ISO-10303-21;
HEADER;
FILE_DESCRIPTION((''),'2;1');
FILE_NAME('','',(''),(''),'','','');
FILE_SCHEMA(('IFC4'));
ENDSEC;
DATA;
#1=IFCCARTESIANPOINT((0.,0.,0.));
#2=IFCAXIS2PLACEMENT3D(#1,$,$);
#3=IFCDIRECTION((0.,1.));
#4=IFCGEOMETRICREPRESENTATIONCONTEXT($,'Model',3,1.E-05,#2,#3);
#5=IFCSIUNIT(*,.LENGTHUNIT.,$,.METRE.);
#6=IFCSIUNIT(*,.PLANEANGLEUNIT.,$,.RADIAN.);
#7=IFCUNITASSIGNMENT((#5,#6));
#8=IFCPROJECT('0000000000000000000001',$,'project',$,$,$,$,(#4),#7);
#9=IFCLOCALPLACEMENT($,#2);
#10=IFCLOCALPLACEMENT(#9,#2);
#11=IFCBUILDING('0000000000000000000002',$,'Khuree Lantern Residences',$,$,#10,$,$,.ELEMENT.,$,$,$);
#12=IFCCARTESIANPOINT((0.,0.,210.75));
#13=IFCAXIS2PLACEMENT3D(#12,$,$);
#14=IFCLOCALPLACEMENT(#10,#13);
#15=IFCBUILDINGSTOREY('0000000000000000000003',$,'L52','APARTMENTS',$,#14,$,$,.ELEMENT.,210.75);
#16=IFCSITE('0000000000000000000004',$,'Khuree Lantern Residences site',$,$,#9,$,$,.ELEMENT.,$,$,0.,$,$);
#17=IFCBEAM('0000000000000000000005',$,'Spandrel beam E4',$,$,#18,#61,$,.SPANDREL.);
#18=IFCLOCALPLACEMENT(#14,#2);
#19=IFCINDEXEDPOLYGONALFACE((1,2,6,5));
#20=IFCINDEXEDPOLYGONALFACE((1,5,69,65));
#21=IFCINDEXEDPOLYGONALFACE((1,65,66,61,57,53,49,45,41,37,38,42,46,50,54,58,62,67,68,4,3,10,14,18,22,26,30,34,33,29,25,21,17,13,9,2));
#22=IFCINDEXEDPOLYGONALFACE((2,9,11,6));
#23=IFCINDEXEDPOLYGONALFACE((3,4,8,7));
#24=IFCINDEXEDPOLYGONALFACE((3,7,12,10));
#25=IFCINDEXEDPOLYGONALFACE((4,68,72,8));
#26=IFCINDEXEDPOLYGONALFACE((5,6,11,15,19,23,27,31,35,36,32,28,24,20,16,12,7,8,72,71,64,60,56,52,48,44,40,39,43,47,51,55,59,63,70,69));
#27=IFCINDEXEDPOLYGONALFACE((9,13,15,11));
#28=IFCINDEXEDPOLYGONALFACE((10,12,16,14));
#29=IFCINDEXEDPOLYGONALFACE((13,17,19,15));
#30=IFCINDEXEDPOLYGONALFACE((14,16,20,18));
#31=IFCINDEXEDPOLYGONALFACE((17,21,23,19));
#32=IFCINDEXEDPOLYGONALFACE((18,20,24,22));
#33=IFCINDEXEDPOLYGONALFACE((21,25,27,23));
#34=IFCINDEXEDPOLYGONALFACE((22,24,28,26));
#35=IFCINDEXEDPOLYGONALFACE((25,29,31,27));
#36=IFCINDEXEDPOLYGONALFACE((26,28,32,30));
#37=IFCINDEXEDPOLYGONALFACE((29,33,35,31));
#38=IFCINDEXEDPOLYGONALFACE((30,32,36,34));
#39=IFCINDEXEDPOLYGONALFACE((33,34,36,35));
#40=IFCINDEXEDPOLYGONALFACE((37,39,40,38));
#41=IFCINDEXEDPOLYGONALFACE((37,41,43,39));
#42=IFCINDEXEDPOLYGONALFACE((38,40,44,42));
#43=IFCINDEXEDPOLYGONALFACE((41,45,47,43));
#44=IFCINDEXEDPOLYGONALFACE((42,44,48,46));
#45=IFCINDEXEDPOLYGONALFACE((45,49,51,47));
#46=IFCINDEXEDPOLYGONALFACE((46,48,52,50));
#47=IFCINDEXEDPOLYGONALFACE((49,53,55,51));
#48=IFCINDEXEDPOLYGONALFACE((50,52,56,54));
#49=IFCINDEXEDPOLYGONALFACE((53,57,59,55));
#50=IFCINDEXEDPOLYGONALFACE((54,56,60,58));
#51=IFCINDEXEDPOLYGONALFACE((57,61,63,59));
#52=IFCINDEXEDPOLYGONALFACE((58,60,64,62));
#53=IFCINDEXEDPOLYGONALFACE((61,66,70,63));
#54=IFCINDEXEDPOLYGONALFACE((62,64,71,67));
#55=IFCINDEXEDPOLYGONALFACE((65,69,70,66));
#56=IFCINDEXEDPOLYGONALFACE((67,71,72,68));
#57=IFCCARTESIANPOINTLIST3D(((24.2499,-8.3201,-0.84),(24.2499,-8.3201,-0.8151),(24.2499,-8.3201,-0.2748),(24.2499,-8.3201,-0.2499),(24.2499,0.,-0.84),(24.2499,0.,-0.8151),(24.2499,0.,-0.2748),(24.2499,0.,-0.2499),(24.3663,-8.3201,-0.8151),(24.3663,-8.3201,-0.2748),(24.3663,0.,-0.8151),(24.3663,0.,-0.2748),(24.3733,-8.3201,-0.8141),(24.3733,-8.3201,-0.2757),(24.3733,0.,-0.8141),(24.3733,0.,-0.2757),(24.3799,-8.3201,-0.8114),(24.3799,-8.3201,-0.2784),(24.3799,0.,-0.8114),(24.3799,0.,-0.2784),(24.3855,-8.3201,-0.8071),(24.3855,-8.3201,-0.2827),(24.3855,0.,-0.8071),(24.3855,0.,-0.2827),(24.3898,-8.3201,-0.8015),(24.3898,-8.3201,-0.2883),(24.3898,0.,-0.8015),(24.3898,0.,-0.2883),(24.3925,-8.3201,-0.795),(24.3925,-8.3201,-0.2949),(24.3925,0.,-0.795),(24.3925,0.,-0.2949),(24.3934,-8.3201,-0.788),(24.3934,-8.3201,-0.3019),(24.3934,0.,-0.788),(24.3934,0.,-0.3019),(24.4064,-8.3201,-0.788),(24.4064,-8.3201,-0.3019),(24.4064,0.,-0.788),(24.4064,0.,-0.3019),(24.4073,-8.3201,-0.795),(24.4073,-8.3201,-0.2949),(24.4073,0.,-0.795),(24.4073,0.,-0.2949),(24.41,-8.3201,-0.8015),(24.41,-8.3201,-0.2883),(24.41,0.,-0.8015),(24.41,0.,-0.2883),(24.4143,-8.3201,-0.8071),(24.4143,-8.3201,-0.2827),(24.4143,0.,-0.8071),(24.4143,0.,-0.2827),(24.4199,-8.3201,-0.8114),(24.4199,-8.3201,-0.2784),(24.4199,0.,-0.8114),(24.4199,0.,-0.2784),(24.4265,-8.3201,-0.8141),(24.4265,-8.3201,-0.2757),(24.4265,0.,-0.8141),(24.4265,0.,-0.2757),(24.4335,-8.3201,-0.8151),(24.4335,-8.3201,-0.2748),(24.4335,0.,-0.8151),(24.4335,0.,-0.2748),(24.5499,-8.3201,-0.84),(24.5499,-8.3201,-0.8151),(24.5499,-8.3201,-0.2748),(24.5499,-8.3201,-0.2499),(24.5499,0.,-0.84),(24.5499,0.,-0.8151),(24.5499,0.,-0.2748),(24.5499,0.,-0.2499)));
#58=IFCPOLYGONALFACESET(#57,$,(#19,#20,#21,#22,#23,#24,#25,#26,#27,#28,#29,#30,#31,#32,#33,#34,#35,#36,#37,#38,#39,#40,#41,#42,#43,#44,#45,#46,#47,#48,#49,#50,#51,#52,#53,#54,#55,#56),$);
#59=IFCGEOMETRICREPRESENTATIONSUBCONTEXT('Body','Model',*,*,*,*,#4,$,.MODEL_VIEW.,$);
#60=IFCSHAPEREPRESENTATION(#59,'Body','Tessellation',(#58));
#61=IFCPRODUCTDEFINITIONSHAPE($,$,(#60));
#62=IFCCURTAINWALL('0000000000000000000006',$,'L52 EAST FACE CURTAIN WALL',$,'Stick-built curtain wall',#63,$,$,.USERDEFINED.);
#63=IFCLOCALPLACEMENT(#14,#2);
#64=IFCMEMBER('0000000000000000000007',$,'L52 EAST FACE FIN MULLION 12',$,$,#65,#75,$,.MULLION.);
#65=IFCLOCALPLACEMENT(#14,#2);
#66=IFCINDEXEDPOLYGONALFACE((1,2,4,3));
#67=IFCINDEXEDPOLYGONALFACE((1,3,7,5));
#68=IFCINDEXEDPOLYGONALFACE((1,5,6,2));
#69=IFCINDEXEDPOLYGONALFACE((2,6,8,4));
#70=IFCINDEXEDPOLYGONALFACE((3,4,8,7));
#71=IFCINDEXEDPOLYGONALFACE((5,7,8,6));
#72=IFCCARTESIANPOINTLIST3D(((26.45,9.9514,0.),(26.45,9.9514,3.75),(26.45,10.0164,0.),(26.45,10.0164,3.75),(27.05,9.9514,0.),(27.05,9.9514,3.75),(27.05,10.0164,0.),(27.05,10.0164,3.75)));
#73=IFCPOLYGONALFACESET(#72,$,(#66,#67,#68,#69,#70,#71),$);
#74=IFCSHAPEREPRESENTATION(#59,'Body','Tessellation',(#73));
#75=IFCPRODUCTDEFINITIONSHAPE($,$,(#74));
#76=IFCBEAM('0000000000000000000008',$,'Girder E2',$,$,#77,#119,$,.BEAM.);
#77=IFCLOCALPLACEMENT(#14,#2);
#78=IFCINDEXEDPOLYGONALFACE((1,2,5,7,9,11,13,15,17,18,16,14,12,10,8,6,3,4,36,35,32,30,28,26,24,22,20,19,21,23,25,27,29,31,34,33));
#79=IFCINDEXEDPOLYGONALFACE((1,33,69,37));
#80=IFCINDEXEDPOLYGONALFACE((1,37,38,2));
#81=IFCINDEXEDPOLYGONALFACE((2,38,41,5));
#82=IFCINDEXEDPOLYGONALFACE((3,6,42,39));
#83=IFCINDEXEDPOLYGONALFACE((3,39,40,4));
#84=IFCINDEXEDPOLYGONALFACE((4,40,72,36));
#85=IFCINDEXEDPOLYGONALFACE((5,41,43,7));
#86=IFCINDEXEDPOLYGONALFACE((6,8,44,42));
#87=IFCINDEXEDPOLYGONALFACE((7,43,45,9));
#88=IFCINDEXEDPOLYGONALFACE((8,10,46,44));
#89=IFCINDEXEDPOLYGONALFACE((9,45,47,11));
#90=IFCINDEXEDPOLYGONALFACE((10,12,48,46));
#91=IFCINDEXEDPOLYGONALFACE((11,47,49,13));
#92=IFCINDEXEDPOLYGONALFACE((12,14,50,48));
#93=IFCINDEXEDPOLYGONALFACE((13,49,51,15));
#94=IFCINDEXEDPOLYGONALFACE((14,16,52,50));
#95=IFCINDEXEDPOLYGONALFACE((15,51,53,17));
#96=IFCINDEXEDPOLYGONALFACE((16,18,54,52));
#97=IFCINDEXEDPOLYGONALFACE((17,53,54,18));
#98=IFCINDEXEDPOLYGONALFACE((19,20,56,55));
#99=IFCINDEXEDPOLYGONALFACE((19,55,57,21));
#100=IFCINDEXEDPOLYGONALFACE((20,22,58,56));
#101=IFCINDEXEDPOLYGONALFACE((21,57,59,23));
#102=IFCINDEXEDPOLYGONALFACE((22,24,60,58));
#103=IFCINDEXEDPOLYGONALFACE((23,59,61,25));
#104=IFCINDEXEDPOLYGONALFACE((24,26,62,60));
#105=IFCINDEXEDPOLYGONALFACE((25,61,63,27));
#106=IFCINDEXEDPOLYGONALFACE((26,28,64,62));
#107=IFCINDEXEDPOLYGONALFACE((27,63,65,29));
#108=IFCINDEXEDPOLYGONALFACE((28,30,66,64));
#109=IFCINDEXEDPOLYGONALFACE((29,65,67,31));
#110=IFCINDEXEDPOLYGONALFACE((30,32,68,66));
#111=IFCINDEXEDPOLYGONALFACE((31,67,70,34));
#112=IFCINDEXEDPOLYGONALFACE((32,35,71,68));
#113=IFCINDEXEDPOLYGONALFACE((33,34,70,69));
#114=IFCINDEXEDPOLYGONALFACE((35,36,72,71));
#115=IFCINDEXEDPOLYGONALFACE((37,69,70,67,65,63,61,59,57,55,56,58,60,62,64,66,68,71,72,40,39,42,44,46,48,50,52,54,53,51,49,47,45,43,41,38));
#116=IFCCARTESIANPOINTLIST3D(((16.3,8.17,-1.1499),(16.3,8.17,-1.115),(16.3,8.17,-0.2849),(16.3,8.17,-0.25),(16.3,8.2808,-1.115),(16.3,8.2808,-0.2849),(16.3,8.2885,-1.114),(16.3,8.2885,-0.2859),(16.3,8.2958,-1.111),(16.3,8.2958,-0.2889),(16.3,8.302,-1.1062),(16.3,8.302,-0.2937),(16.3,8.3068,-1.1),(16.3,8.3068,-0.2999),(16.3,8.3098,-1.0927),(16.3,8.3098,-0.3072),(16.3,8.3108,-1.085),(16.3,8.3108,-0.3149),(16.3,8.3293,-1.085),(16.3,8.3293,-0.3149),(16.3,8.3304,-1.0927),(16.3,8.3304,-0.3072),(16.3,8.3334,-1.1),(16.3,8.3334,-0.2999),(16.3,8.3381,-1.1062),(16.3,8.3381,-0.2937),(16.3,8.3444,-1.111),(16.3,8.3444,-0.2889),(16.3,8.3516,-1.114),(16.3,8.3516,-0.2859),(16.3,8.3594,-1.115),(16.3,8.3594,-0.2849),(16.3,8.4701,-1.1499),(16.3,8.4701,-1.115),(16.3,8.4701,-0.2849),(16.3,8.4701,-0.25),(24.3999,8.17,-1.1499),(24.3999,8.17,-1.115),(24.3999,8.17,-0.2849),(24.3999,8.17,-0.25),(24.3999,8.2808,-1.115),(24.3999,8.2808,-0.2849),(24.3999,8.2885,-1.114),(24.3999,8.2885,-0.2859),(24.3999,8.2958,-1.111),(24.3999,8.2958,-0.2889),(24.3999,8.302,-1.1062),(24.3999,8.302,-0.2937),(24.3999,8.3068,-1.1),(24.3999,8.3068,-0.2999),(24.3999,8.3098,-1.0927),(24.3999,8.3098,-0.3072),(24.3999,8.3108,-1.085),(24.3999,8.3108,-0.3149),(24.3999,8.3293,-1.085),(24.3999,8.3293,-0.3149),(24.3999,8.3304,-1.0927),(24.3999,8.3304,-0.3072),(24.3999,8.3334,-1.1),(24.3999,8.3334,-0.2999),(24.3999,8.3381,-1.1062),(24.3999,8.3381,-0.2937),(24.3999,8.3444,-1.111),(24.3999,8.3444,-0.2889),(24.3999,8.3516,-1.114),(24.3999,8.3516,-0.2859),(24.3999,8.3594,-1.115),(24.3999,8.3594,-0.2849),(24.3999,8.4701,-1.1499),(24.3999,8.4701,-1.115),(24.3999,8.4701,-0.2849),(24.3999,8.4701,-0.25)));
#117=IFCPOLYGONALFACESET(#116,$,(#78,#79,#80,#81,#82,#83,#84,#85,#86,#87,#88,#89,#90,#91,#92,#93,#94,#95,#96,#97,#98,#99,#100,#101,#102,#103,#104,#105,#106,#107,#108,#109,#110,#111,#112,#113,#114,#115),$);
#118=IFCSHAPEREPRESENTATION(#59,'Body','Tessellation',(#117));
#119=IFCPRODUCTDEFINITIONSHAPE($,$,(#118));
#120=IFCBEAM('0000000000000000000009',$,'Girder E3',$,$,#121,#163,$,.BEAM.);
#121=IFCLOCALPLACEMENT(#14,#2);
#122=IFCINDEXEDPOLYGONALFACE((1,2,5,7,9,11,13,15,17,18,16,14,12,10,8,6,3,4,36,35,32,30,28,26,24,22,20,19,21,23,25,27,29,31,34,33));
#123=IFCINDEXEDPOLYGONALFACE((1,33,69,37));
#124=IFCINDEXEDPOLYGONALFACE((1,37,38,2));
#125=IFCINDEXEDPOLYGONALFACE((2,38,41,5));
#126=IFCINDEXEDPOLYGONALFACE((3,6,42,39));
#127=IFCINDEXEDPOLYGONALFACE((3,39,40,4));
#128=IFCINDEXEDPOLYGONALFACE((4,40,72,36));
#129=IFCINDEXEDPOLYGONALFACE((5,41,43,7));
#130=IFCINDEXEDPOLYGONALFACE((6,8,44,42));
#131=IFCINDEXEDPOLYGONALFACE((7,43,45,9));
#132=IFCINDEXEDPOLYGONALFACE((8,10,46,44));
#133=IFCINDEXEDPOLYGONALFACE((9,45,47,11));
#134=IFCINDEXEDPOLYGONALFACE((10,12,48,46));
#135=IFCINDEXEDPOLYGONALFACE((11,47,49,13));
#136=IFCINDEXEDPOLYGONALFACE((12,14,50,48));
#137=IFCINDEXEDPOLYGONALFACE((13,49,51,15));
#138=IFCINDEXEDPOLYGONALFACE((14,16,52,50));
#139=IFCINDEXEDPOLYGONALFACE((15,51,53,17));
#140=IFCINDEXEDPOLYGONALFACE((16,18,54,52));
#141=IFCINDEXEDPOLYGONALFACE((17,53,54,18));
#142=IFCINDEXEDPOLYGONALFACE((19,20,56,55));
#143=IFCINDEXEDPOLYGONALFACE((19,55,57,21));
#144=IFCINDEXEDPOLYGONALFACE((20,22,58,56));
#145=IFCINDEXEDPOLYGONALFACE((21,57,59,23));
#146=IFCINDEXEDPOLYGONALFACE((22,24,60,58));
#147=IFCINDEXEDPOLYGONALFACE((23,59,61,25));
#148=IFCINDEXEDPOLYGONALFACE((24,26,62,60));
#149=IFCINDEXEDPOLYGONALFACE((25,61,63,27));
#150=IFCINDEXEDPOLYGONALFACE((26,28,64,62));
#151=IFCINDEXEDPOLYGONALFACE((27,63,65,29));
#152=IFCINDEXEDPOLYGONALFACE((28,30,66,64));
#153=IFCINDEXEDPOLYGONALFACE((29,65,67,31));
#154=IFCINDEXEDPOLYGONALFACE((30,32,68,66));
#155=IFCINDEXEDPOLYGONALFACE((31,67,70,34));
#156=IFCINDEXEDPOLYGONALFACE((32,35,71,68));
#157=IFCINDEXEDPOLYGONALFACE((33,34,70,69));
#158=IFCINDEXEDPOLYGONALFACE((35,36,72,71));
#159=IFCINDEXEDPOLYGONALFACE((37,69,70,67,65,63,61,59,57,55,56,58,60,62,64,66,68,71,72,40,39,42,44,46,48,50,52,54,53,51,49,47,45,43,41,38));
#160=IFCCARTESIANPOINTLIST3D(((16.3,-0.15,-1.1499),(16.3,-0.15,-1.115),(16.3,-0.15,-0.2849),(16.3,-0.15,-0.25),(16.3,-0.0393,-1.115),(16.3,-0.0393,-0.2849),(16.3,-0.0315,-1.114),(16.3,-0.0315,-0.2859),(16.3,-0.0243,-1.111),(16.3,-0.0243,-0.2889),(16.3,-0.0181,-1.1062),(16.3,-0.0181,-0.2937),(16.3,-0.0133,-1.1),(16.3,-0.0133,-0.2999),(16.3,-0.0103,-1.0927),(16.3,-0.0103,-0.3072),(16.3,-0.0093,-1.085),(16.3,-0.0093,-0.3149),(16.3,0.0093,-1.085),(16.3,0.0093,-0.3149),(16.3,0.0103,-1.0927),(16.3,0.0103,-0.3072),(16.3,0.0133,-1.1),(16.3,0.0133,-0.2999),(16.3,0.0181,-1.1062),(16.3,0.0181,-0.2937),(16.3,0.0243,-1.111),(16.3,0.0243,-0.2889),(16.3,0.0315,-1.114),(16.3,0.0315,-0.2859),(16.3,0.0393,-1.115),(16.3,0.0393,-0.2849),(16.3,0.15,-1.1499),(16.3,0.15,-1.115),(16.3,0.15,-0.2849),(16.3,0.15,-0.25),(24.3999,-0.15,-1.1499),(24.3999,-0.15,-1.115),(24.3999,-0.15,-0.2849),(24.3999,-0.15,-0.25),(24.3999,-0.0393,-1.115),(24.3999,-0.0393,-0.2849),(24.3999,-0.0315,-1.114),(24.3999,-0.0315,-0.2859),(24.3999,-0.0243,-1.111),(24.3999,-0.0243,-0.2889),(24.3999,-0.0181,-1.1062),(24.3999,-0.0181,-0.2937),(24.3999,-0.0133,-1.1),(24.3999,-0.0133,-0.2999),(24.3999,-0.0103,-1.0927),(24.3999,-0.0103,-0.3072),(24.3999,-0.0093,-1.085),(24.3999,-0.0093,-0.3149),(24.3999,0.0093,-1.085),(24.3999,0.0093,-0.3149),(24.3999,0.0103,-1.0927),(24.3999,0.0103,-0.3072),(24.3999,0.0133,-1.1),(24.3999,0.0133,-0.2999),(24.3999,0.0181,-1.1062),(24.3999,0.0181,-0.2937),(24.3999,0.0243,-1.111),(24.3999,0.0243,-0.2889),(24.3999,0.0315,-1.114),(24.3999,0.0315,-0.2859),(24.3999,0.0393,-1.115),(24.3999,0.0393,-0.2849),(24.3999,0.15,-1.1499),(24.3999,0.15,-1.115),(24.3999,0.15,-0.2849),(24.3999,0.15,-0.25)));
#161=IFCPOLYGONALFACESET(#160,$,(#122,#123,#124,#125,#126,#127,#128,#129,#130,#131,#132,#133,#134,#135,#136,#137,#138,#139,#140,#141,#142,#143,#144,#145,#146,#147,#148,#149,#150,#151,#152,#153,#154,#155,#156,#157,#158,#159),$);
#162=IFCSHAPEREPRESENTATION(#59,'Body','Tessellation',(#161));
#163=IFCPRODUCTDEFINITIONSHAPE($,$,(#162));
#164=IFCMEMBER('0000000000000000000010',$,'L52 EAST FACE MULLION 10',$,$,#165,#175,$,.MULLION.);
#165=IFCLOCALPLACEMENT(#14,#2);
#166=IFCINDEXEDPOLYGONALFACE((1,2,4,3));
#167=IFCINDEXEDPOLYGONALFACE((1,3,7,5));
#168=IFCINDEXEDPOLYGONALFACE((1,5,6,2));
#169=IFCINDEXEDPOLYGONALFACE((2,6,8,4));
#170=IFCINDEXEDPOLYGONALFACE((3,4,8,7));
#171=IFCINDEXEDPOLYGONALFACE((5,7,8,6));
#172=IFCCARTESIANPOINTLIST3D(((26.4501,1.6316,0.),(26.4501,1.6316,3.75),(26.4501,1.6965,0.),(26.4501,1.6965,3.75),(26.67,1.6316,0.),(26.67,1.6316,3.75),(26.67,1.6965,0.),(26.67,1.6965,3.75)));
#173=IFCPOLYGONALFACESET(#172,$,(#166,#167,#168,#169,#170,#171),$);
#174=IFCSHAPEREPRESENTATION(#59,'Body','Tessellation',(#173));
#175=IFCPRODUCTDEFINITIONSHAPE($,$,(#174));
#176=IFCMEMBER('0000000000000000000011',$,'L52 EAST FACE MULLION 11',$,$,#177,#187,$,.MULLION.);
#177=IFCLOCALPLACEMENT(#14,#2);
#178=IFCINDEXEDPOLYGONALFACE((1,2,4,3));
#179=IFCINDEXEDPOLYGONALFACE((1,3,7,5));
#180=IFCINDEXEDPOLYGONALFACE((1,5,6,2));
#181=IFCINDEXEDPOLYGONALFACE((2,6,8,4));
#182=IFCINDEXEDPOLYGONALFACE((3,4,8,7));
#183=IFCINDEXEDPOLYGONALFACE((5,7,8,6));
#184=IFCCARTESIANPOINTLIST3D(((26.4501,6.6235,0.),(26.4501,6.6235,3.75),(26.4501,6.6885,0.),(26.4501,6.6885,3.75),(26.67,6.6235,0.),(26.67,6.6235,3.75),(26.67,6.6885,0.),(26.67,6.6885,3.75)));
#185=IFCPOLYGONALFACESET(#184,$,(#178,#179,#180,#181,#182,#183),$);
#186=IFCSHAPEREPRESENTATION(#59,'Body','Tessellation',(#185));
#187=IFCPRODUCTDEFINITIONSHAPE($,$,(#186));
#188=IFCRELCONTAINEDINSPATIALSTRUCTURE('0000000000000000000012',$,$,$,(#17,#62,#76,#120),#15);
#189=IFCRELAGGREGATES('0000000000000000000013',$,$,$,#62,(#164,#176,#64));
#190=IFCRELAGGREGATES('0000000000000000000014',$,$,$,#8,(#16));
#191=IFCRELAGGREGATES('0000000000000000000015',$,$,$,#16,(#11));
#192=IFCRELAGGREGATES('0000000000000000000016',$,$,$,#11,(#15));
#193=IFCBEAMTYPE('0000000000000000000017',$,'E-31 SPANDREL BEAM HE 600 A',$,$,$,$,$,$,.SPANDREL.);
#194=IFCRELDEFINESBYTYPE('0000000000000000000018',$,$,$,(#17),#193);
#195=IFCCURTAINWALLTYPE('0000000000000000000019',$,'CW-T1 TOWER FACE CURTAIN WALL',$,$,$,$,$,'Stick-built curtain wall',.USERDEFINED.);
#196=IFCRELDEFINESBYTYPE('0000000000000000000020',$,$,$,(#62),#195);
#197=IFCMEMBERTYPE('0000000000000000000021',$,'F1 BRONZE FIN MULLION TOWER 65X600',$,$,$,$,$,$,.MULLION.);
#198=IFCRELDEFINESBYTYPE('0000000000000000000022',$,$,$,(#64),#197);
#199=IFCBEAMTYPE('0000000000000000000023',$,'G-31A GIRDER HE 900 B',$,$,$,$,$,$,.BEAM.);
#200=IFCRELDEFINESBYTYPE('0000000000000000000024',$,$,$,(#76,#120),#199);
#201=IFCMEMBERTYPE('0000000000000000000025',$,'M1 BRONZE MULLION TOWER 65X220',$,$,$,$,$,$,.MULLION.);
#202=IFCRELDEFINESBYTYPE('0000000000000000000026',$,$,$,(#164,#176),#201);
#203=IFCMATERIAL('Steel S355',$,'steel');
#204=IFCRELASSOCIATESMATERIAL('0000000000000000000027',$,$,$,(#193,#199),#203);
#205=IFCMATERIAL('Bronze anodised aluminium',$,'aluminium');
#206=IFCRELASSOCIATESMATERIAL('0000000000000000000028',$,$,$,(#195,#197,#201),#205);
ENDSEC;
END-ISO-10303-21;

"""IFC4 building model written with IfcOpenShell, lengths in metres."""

from ifc_helpers import new_model, si_unit, direction, frame, origin, origin_2d, place, context, subcontext, project, spatial, rectangle, i_section, extrude, material, material_profile, profile_set, type_object, element, aggregate, save


model = new_model("IFC4")

# Units and contexts
model_context = context("Model", 3, precision=1e-05, world=origin(), true_north=direction((0.0, 1.0)))
body_context = subcontext(model_context, "Body", "Model", "MODEL_VIEW")
ifc_project = project(units=[si_unit("LENGTHUNIT", "METRE"), si_unit("PLANEANGLEUNIT", "RADIAN")], contexts=[model_context])

# Site, building, storey
site_placement = place(None, origin())
site = spatial("IfcSite", under=ifc_project, at=site_placement, Name="Khuree Lantern Residences site", CompositionType="ELEMENT", RefElevation=0.0)
building_placement = place(site_placement, origin())
building = spatial("IfcBuilding", under=site, at=building_placement, Name="Khuree Lantern Residences", CompositionType="ELEMENT")
storey_placement = place(building_placement, frame((0.0, 0.0, 210.75)))
storey = spatial("IfcBuildingStorey", under=building, at=storey_placement, Name="L52", Description="APARTMENTS", CompositionType="ELEMENT", Elevation=210.75)

# Beam
ifc_material_1 = material(Name="Steel S355", Category="steel")
ifc_material_profile_1 = material_profile(ifc_material_1, i_section(OverallWidth=0.3, OverallDepth=0.5901, WebThickness=0.0129, FlangeThickness=0.0249, FilletRadius=0.0271, at=origin_2d()), Name="HE 600 A")
ifc_profile_set_1 = profile_set([ifc_material_profile_1], Name="Steel S355")
beam_type_1 = type_object("IfcBeamType", Name="E-31 SPANDREL BEAM HE 600 A", PredefinedType="SPANDREL", material=ifc_profile_set_1)
for number, where, z_axis, x_axis, name in (
    (1, (24.3999, 0.0, -0.5449), (0.0, -1.0, 0.0), (1.0, 0.0, 0.0), "Spandrel beam E4"),
):
    element("IfcBeam", number, at=place(storey_placement, frame(where, z_axis=z_axis, x_axis=x_axis)), inside=storey, type_object=beam_type_1, Name=name, PredefinedType="SPANDREL", context=body_context, shape_type="SweptSolid", body=[
        extrude(i_section(OverallWidth=0.3, OverallDepth=0.5901, WebThickness=0.0129, FlangeThickness=0.0249, FilletRadius=0.0271, at=origin_2d()), origin(), (0.0, 0.0, 1.0), 8.3201),
    ])

# Curtain wall, member
ifc_material_2 = material(Name="Bronze anodised aluminium", Category="aluminium")
curtain_wall_type = type_object("IfcCurtainWallType", Name="CW-T1 TOWER FACE CURTAIN WALL", ElementType="Stick-built curtain wall", PredefinedType="USERDEFINED", material=ifc_material_2)
curtain_wall_placement = place(storey_placement, origin())
curtain_wall = element("IfcCurtainWall", 2, at=curtain_wall_placement, inside=storey, type_object=curtain_wall_type, Name="L52 EAST FACE CURTAIN WALL", ObjectType="Stick-built curtain wall", PredefinedType="USERDEFINED")
ifc_material_profile_2 = material_profile(ifc_material_2, rectangle(XDim=0.0649, YDim=0.6001, at=origin_2d()), Name="F1 65X600")
ifc_profile_set_2 = profile_set([ifc_material_profile_2], Name="Bronze anodised aluminium")
member_type_1 = type_object("IfcMemberType", Name="F1 BRONZE FIN MULLION TOWER 65X600", PredefinedType="MULLION", material=ifc_profile_set_2)
member_1_placement = place(storey_placement, frame((26.75, 9.9839, 0.0), z_axis=(0.0, 0.0, 1.0), x_axis=(0.0, 1.0, 0.0)))
member_1 = element("IfcMember", 3, at=member_1_placement, type_object=member_type_1, Name="L52 EAST FACE FIN MULLION 12", PredefinedType="MULLION", context=body_context, shape_type="SweptSolid", body=[
    extrude(rectangle(XDim=0.0649, YDim=0.6001, at=origin_2d()), origin(), (0.0, 0.0, 1.0), 3.75),
])

# Beams
ifc_material_profile_3 = material_profile(ifc_material_1, i_section(OverallWidth=0.3, OverallDepth=0.8999, WebThickness=0.0186, FlangeThickness=0.0349, FilletRadius=0.03, at=origin_2d()), Name="HE 900 B")
ifc_profile_set_3 = profile_set([ifc_material_profile_3], Name="Steel S355")
beam_type_2 = type_object("IfcBeamType", Name="G-31A GIRDER HE 900 B", PredefinedType="BEAM", material=ifc_profile_set_3)
for number, where, z_axis, x_axis, name in (
    (4, (24.3999, 8.3201, -0.7), (-1.0, 0.0, 0.0), (0.0, -1.0, 0.0), "Girder E2"),
    (5, (24.3999, 0.0, -0.7), (-1.0, 0.0, 0.0), (0.0, -1.0, 0.0), "Girder E3"),
):
    element("IfcBeam", number, at=place(storey_placement, frame(where, z_axis=z_axis, x_axis=x_axis)), inside=storey, type_object=beam_type_2, Name=name, PredefinedType="BEAM", context=body_context, shape_type="SweptSolid", body=[
        extrude(i_section(OverallWidth=0.3, OverallDepth=0.8999, WebThickness=0.0186, FlangeThickness=0.0349, FilletRadius=0.03, at=origin_2d()), origin(), (0.0, 0.0, 1.0), 8.0999),
    ])

# Members
ifc_material_profile_4 = material_profile(ifc_material_2, rectangle(XDim=0.0649, YDim=0.22, at=origin_2d()), Name="M1 65X220")
ifc_profile_set_4 = profile_set([ifc_material_profile_4], Name="Bronze anodised aluminium")
member_type_2 = type_object("IfcMemberType", Name="M1 BRONZE MULLION TOWER 65X220", PredefinedType="MULLION", material=ifc_profile_set_4)
member_2_placement = place(storey_placement, frame((26.5601, 1.6641, 0.0), z_axis=(0.0, 0.0, 1.0), x_axis=(0.0, 1.0, 0.0)))
member_2 = element("IfcMember", 6, at=member_2_placement, type_object=member_type_2, Name="L52 EAST FACE MULLION 10", PredefinedType="MULLION", context=body_context, shape_type="SweptSolid", body=[
    extrude(rectangle(XDim=0.0649, YDim=0.22, at=origin_2d()), origin(), (0.0, 0.0, 1.0), 3.75),
])
member_3_placement = place(storey_placement, frame((26.5601, 6.656, 0.0), z_axis=(0.0, 0.0, 1.0), x_axis=(0.0, 1.0, 0.0)))
member_3 = element("IfcMember", 7, at=member_3_placement, type_object=member_type_2, Name="L52 EAST FACE MULLION 11", PredefinedType="MULLION", context=body_context, shape_type="SweptSolid", body=[
    extrude(rectangle(XDim=0.0649, YDim=0.22, at=origin_2d()), origin(), (0.0, 0.0, 1.0), 3.75),
])

aggregate(curtain_wall, [member_2, member_3, member_1])

save(model, "model.ifc")
